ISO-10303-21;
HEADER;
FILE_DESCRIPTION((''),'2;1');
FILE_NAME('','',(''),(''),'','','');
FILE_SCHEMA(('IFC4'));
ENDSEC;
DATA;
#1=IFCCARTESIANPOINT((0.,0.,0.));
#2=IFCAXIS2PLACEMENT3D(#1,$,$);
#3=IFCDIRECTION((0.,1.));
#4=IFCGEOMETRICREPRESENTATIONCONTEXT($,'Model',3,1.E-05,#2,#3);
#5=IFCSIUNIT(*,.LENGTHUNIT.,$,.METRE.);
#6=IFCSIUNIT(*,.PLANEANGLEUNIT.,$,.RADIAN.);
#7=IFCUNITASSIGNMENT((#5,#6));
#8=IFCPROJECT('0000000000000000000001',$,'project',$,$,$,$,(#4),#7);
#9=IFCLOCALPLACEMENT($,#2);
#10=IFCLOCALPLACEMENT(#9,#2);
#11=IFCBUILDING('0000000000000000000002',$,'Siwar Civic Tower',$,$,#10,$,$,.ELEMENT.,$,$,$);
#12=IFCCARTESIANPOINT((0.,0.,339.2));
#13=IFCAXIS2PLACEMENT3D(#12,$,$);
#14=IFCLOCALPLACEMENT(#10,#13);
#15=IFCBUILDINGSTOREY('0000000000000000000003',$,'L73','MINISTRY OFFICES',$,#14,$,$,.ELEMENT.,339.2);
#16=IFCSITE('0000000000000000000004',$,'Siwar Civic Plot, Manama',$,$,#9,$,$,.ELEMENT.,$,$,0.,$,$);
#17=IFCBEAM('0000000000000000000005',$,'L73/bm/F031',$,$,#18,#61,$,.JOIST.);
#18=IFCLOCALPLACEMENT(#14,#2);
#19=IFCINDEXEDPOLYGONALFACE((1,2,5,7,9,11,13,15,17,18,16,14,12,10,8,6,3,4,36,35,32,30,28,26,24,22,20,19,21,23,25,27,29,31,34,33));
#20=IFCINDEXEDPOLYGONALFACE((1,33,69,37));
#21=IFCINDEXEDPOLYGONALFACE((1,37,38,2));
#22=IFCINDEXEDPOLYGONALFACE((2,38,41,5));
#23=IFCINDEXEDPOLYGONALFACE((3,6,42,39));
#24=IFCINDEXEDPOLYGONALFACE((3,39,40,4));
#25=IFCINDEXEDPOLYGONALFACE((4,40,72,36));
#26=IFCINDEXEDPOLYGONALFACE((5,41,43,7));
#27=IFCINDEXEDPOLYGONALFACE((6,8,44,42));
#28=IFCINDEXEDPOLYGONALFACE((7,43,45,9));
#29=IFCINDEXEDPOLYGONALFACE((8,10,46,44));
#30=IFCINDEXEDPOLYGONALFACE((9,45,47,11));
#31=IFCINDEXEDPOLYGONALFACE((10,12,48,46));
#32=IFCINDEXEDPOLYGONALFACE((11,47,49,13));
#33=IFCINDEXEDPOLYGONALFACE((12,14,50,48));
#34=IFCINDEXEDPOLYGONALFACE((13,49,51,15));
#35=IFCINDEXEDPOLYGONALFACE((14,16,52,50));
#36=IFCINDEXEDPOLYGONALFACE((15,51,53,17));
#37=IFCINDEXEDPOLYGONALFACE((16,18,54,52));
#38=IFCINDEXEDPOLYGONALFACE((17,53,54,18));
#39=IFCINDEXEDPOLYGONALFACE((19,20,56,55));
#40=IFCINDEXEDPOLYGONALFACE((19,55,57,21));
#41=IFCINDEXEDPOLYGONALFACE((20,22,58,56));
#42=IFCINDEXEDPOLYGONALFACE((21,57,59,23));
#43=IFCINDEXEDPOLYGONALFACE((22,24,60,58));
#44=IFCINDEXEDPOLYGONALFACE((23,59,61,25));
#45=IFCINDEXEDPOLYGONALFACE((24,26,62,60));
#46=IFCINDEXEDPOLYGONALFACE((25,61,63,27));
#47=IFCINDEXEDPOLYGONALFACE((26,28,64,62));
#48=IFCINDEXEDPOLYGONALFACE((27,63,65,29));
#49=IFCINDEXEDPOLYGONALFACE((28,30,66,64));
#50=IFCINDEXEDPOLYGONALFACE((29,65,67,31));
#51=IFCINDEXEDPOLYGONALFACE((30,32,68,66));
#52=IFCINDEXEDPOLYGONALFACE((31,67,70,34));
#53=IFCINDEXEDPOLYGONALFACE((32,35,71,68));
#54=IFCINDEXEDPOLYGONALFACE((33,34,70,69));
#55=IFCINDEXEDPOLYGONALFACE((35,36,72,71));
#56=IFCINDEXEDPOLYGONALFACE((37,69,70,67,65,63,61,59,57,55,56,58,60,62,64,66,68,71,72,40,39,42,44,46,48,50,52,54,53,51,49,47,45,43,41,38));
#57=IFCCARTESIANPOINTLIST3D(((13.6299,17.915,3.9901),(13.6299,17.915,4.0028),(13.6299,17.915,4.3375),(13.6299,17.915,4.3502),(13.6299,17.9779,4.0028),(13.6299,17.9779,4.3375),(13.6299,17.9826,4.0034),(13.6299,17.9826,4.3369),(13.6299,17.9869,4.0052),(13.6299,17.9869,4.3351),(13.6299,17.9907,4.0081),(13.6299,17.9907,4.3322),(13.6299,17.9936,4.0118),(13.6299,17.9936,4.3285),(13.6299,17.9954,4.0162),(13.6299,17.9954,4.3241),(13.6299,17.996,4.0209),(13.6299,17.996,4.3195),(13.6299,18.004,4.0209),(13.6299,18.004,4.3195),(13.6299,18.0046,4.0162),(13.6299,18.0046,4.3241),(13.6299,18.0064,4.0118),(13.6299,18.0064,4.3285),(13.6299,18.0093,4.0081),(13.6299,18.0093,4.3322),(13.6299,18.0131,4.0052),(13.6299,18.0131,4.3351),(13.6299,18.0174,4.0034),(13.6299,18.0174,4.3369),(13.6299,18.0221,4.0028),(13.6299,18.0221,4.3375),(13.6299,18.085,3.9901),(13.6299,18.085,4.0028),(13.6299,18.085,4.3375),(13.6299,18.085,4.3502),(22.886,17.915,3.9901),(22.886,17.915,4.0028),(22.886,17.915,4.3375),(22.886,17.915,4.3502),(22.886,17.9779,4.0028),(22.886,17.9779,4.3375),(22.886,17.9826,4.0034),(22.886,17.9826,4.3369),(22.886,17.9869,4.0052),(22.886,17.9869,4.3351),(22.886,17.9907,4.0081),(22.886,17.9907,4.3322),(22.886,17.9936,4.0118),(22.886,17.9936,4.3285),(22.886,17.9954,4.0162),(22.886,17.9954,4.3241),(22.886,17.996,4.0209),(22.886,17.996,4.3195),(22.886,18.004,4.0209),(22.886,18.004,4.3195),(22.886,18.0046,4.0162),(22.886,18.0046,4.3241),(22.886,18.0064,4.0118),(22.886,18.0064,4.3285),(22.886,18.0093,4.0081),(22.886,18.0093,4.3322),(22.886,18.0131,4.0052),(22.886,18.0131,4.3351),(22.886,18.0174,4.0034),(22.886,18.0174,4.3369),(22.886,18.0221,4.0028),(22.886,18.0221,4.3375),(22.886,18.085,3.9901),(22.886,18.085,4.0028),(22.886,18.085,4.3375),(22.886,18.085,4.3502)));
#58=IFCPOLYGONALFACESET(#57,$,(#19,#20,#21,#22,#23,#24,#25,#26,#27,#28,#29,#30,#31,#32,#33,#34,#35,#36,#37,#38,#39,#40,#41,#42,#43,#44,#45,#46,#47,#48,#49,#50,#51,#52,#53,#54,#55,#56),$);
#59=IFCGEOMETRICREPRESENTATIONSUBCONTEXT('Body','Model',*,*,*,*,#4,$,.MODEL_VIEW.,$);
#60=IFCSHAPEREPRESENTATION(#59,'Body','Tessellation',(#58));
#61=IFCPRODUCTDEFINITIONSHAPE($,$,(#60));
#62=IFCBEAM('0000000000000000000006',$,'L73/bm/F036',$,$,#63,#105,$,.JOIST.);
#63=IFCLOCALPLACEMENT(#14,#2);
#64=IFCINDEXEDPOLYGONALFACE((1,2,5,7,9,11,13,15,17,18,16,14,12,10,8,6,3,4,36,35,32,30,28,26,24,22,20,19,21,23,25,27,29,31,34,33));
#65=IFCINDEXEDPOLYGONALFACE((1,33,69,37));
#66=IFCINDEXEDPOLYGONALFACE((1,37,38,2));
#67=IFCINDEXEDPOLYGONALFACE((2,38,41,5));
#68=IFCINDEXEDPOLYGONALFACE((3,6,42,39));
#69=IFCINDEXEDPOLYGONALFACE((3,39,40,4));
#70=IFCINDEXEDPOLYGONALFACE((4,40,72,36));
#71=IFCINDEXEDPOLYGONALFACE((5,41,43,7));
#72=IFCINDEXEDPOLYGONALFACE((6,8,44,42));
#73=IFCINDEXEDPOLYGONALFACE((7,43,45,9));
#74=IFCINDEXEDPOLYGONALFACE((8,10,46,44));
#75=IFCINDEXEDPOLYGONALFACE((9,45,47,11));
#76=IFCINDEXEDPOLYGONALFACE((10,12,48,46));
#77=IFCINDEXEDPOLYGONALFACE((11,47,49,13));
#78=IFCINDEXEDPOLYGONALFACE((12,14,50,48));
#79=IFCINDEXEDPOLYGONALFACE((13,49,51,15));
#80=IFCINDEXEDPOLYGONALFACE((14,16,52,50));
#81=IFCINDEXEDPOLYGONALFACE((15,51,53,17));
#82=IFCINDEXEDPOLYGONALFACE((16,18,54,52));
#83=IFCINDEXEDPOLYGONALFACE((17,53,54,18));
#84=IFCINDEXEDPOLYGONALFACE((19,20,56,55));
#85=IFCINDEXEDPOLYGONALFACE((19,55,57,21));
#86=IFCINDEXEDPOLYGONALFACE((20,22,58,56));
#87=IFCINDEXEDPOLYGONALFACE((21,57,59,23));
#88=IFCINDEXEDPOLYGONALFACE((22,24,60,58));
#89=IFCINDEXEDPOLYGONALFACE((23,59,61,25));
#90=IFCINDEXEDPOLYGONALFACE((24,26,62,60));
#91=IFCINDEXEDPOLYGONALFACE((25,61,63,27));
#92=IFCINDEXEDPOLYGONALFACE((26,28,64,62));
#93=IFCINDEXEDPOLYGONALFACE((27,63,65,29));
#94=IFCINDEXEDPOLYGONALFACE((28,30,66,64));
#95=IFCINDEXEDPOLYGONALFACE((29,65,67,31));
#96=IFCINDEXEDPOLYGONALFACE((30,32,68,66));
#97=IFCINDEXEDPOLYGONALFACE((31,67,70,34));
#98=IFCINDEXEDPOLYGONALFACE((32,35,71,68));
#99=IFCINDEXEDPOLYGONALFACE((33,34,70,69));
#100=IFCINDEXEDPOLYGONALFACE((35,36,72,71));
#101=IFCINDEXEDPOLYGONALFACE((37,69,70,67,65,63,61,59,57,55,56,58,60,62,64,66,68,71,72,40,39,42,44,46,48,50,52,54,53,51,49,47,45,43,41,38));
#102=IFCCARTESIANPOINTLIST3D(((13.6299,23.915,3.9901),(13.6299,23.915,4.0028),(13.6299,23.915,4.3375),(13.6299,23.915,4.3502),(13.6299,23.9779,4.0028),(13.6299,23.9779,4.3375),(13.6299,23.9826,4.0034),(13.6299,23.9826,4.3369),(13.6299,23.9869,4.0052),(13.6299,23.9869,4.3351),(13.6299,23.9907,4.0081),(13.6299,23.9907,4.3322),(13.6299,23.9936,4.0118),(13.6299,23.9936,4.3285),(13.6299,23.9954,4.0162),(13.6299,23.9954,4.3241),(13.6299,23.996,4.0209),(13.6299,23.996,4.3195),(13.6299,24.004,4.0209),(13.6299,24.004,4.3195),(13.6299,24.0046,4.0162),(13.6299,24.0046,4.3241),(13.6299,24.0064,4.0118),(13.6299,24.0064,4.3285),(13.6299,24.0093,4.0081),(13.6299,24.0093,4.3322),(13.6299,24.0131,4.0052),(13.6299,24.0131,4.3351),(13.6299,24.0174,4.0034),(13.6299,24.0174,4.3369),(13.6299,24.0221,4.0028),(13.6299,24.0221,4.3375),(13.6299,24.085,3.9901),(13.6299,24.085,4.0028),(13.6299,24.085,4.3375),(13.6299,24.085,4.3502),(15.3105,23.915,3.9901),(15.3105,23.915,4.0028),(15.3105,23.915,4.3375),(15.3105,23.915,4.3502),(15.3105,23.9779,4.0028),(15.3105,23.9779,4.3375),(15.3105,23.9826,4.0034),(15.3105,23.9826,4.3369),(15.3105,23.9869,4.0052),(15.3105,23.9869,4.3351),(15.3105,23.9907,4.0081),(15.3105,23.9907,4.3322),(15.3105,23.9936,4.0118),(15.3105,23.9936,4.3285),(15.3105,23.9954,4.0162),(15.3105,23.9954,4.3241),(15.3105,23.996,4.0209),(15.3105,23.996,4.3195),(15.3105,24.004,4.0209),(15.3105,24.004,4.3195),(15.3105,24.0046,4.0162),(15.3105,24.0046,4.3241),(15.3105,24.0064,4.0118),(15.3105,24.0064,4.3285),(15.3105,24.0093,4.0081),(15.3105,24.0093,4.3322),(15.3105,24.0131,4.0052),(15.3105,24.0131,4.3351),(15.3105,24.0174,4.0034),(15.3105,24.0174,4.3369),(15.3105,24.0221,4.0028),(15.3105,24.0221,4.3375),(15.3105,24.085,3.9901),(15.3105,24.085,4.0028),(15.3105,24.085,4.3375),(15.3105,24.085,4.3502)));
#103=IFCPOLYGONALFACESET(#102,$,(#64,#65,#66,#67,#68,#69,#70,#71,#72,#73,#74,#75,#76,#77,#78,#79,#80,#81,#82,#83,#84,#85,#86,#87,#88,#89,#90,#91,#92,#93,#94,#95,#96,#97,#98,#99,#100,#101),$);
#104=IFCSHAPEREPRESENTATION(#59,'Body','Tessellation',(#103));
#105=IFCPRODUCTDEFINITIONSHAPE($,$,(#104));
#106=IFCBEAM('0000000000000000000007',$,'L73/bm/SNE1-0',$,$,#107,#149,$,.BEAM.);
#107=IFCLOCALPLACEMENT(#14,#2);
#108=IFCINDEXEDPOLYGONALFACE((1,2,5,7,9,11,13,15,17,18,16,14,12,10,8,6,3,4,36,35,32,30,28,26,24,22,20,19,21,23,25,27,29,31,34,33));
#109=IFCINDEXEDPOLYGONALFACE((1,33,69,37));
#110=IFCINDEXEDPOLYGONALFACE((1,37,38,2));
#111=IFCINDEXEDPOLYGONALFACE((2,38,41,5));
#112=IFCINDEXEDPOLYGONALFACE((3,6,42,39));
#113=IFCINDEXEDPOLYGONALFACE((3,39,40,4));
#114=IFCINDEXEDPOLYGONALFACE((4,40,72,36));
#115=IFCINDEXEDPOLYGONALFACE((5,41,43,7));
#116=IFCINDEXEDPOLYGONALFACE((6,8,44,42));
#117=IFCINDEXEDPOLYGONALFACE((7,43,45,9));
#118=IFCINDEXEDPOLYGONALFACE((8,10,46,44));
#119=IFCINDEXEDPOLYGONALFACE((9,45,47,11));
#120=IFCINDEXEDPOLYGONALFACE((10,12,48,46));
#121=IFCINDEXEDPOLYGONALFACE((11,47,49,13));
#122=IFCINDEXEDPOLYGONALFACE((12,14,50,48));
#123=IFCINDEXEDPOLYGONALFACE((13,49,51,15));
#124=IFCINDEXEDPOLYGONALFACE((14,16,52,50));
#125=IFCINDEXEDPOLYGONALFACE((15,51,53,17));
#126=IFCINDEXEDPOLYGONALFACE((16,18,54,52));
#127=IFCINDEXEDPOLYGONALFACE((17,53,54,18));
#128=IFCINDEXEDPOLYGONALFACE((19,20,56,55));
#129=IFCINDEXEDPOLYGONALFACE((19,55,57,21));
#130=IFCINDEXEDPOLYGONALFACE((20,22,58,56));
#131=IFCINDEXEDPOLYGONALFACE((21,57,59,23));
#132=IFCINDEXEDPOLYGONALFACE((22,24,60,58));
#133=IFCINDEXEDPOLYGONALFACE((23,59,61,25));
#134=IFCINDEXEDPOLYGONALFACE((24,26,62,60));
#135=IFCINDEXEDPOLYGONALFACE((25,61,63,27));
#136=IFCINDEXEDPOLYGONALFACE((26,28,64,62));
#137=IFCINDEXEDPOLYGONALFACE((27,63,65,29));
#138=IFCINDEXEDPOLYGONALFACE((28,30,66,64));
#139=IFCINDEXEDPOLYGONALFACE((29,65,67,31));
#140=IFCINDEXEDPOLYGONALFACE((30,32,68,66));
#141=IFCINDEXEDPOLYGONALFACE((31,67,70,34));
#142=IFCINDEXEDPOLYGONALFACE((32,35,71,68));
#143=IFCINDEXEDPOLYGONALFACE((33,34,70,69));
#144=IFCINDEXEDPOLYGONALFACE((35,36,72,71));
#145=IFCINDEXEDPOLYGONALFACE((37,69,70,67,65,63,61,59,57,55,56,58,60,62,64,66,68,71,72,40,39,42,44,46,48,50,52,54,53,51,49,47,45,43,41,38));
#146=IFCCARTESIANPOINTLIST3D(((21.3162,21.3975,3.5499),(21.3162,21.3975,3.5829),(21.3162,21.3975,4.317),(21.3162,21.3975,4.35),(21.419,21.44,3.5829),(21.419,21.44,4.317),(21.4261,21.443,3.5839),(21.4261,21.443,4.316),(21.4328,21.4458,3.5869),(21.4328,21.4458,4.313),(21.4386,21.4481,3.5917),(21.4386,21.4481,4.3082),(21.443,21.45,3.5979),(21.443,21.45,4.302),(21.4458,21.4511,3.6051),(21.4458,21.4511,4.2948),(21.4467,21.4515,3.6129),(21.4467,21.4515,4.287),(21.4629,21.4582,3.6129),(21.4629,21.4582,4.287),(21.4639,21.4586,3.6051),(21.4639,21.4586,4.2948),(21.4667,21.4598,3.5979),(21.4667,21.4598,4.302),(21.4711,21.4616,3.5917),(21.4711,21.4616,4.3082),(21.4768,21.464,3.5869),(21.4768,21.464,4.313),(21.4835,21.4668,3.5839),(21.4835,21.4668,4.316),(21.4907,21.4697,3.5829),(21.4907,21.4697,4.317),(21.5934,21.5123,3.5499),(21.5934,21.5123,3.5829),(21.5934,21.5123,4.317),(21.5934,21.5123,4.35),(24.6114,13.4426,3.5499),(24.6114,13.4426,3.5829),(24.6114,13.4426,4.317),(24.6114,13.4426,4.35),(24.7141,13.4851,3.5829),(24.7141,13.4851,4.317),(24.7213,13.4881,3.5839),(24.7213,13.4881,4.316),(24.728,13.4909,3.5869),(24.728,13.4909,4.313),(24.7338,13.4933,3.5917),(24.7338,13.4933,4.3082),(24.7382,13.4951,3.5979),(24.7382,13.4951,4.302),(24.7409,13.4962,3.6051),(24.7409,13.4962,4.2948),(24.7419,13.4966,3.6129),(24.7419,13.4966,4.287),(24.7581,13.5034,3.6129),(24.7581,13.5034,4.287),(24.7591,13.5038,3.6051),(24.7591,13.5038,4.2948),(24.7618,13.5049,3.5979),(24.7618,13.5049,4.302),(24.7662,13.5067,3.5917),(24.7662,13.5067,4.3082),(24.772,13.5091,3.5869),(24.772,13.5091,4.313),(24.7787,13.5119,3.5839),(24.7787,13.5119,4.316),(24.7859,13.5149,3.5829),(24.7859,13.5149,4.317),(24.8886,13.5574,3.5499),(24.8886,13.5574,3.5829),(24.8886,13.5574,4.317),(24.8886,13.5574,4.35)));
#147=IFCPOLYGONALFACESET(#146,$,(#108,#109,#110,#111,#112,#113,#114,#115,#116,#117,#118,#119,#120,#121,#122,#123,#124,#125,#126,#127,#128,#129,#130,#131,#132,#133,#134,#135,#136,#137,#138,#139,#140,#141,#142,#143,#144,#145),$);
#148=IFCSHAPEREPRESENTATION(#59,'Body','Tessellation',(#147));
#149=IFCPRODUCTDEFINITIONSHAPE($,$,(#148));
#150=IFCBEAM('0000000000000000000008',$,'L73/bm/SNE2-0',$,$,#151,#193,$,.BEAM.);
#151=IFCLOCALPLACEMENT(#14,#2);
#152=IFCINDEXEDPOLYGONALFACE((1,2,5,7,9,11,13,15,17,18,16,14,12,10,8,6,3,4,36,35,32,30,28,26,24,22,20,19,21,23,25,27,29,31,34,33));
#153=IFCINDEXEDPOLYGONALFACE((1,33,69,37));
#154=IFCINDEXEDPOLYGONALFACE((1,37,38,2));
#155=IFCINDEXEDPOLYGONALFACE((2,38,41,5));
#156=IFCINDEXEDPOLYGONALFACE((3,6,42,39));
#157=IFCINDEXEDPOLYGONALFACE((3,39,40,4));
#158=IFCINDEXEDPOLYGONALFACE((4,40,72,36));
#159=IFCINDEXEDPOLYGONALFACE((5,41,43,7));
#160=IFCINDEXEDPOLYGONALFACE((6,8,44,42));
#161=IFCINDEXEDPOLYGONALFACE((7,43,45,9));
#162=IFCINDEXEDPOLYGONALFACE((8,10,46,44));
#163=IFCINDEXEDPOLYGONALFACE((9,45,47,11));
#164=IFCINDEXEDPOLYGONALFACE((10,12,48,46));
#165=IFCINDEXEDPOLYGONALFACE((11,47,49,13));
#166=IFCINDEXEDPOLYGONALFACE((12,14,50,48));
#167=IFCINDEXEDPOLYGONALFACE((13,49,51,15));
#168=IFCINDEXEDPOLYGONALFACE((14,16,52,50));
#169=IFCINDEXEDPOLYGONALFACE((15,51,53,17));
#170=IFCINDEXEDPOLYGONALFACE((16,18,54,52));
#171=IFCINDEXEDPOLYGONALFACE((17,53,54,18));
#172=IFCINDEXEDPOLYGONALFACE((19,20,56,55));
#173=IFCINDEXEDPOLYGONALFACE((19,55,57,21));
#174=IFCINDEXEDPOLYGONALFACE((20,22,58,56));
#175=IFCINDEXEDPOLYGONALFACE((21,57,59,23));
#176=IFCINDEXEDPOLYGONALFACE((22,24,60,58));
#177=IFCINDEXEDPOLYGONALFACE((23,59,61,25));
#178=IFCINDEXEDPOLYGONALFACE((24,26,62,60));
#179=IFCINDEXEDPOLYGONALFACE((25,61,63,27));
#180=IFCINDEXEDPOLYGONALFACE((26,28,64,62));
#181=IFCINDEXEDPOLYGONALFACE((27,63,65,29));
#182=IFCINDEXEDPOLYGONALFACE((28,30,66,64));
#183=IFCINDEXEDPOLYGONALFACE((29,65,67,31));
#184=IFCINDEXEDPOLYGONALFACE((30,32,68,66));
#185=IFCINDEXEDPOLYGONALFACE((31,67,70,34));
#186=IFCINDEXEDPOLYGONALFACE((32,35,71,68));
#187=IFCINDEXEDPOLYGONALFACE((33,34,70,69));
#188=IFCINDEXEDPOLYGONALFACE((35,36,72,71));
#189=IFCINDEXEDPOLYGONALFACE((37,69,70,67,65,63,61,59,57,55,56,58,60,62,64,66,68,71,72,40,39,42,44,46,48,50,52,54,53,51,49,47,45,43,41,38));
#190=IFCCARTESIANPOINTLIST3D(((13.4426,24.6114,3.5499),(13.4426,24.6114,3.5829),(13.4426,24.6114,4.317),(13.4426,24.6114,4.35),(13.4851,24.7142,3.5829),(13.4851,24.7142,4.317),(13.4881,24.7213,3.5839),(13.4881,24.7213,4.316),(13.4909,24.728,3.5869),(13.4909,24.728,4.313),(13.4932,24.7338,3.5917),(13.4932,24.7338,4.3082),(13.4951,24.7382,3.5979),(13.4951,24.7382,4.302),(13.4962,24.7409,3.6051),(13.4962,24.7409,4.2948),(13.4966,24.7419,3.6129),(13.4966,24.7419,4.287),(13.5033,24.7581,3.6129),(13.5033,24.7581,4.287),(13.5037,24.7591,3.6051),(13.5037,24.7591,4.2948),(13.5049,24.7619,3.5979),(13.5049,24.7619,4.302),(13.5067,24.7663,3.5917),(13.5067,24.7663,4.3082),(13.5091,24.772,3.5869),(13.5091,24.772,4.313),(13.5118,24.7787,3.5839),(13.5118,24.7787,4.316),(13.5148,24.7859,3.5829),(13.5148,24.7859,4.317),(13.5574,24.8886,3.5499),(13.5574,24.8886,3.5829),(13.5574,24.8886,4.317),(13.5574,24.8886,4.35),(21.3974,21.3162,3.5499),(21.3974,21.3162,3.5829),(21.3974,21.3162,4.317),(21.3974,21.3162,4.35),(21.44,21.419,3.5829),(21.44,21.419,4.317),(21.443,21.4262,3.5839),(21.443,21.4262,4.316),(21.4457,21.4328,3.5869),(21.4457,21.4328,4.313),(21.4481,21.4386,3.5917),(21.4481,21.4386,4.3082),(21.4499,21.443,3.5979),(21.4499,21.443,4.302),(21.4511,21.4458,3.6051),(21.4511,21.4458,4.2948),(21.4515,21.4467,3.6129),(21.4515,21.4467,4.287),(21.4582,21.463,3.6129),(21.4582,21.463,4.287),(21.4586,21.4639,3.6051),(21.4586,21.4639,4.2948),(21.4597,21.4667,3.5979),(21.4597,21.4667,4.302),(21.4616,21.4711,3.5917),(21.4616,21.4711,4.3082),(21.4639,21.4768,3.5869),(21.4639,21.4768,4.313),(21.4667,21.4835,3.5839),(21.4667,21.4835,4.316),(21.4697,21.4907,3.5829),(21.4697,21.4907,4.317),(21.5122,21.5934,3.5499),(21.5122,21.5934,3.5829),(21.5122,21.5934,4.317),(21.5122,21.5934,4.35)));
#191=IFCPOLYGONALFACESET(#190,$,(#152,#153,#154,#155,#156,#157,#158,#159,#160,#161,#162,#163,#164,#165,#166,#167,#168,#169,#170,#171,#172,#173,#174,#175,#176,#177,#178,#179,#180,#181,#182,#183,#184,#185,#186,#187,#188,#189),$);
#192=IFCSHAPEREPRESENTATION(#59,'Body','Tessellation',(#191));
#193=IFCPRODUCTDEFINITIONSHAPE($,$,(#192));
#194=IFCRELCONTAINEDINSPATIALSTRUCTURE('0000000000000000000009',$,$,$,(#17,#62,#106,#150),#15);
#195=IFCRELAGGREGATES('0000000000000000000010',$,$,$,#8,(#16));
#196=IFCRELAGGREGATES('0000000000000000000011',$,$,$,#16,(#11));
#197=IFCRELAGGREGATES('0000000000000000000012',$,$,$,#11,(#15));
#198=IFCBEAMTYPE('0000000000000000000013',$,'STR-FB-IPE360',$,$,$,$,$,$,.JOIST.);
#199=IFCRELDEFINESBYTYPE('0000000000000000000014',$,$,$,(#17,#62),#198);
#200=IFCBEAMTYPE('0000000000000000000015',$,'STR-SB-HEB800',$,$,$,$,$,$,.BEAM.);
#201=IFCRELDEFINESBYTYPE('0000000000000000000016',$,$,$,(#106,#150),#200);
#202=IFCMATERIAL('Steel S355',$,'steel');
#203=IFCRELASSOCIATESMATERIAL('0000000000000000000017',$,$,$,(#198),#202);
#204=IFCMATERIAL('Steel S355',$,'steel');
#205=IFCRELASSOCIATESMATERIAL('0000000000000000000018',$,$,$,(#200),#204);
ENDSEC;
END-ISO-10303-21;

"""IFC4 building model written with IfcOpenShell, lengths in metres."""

from ifc_helpers import new_model, si_unit, direction, frame, origin, origin_2d, place, context, subcontext, project, spatial, i_section, extrude, material, material_profile, profile_set, type_object, element, save


model = new_model("IFC4")

# Units and contexts
model_context = context("Model", 3, precision=1e-05, world=origin(), true_north=direction((0.0, 1.0)))
body_context = subcontext(model_context, "Body", "Model", "MODEL_VIEW")
ifc_project = project(units=[si_unit("LENGTHUNIT", "METRE"), si_unit("PLANEANGLEUNIT", "RADIAN")], contexts=[model_context])

# Site, building, storey
site_placement = place(None, origin())
site = spatial("IfcSite", under=ifc_project, at=site_placement, Name="Siwar Civic Plot, Manama", CompositionType="ELEMENT", RefElevation=0.0)
building_placement = place(site_placement, origin())
building = spatial("IfcBuilding", under=site, at=building_placement, Name="Siwar Civic Tower", CompositionType="ELEMENT")
storey_placement = place(building_placement, frame((0.0, 0.0, 339.2)))
storey = spatial("IfcBuildingStorey", under=building, at=storey_placement, Name="L73", Description="MINISTRY OFFICES", CompositionType="ELEMENT", Elevation=339.2)

# Beams
ifc_material_1 = material(Name="Steel S355", Category="steel")
ifc_material_profile_1 = material_profile(ifc_material_1, i_section(OverallWidth=0.1699, OverallDepth=0.3601, WebThickness=0.0081, FlangeThickness=0.0127, FilletRadius=0.0181, at=origin_2d()), Name="IPE360")
ifc_profile_set_1 = profile_set([ifc_material_profile_1], Name="Steel S355")
beam_type_1 = type_object("IfcBeamType", Name="STR-FB-IPE360", PredefinedType="JOIST", material=ifc_profile_set_1)
beam_1_placement = place(storey_placement, frame((13.6299, 18.0, 4.1702), z_axis=(1.0, 0.0, 0.0), x_axis=(0.0, 1.0, 0.0)))
element("IfcBeam", 1, at=beam_1_placement, inside=storey, type_object=beam_type_1, Name="L73/bm/F031", PredefinedType="JOIST", context=body_context, shape_type="SweptSolid", body=[
    extrude(i_section(OverallWidth=0.1699, OverallDepth=0.3601, WebThickness=0.0081, FlangeThickness=0.0127, FilletRadius=0.0181, at=origin_2d()), origin(), (0.0, 0.0, 1.0), 9.2561),
])
beam_2_placement = place(storey_placement, frame((13.6299, 24.0, 4.1702), z_axis=(1.0, 0.0, 0.0), x_axis=(0.0, 1.0, 0.0)))
element("IfcBeam", 2, at=beam_2_placement, inside=storey, type_object=beam_type_1, Name="L73/bm/F036", PredefinedType="JOIST", context=body_context, shape_type="SweptSolid", body=[
    extrude(i_section(OverallWidth=0.1699, OverallDepth=0.3601, WebThickness=0.0081, FlangeThickness=0.0127, FilletRadius=0.0181, at=origin_2d()), origin(), (0.0, 0.0, 1.0), 1.6807),
])
ifc_material_2 = material(Name="Steel S355", Category="steel")
ifc_material_profile_2 = material_profile(ifc_material_2, i_section(OverallWidth=0.3, OverallDepth=0.8, WebThickness=0.0176, FlangeThickness=0.033, FilletRadius=0.03, at=origin_2d()), Name="HEB800")
ifc_profile_set_2 = profile_set([ifc_material_profile_2], Name="Steel S355")
beam_type_2 = type_object("IfcBeamType", Name="STR-SB-HEB800", PredefinedType="BEAM", material=ifc_profile_set_2)
for number, where, z_axis, x_axis, name in (
    (3, (24.75, 13.5, 3.95), (-0.3827, 0.923873, 0.0), (-0.923873, -0.3827, 0.0), "L73/bm/SNE1-0"),
    (4, (21.4548, 21.4548, 3.95), (-0.923873, 0.3827, 0.0), (-0.3827, -0.923873, 0.0), "L73/bm/SNE2-0"),
):
    element("IfcBeam", number, at=place(storey_placement, frame(where, z_axis=z_axis, x_axis=x_axis)), inside=storey, type_object=beam_type_2, Name=name, PredefinedType="BEAM", context=body_context, shape_type="SweptSolid", body=[
        extrude(i_section(OverallWidth=0.3, OverallDepth=0.8, WebThickness=0.0176, FlangeThickness=0.033, FilletRadius=0.03, at=origin_2d()), origin(), (0.0, 0.0, 1.0), 8.6104),
    ])

save(model, "model.ifc")
